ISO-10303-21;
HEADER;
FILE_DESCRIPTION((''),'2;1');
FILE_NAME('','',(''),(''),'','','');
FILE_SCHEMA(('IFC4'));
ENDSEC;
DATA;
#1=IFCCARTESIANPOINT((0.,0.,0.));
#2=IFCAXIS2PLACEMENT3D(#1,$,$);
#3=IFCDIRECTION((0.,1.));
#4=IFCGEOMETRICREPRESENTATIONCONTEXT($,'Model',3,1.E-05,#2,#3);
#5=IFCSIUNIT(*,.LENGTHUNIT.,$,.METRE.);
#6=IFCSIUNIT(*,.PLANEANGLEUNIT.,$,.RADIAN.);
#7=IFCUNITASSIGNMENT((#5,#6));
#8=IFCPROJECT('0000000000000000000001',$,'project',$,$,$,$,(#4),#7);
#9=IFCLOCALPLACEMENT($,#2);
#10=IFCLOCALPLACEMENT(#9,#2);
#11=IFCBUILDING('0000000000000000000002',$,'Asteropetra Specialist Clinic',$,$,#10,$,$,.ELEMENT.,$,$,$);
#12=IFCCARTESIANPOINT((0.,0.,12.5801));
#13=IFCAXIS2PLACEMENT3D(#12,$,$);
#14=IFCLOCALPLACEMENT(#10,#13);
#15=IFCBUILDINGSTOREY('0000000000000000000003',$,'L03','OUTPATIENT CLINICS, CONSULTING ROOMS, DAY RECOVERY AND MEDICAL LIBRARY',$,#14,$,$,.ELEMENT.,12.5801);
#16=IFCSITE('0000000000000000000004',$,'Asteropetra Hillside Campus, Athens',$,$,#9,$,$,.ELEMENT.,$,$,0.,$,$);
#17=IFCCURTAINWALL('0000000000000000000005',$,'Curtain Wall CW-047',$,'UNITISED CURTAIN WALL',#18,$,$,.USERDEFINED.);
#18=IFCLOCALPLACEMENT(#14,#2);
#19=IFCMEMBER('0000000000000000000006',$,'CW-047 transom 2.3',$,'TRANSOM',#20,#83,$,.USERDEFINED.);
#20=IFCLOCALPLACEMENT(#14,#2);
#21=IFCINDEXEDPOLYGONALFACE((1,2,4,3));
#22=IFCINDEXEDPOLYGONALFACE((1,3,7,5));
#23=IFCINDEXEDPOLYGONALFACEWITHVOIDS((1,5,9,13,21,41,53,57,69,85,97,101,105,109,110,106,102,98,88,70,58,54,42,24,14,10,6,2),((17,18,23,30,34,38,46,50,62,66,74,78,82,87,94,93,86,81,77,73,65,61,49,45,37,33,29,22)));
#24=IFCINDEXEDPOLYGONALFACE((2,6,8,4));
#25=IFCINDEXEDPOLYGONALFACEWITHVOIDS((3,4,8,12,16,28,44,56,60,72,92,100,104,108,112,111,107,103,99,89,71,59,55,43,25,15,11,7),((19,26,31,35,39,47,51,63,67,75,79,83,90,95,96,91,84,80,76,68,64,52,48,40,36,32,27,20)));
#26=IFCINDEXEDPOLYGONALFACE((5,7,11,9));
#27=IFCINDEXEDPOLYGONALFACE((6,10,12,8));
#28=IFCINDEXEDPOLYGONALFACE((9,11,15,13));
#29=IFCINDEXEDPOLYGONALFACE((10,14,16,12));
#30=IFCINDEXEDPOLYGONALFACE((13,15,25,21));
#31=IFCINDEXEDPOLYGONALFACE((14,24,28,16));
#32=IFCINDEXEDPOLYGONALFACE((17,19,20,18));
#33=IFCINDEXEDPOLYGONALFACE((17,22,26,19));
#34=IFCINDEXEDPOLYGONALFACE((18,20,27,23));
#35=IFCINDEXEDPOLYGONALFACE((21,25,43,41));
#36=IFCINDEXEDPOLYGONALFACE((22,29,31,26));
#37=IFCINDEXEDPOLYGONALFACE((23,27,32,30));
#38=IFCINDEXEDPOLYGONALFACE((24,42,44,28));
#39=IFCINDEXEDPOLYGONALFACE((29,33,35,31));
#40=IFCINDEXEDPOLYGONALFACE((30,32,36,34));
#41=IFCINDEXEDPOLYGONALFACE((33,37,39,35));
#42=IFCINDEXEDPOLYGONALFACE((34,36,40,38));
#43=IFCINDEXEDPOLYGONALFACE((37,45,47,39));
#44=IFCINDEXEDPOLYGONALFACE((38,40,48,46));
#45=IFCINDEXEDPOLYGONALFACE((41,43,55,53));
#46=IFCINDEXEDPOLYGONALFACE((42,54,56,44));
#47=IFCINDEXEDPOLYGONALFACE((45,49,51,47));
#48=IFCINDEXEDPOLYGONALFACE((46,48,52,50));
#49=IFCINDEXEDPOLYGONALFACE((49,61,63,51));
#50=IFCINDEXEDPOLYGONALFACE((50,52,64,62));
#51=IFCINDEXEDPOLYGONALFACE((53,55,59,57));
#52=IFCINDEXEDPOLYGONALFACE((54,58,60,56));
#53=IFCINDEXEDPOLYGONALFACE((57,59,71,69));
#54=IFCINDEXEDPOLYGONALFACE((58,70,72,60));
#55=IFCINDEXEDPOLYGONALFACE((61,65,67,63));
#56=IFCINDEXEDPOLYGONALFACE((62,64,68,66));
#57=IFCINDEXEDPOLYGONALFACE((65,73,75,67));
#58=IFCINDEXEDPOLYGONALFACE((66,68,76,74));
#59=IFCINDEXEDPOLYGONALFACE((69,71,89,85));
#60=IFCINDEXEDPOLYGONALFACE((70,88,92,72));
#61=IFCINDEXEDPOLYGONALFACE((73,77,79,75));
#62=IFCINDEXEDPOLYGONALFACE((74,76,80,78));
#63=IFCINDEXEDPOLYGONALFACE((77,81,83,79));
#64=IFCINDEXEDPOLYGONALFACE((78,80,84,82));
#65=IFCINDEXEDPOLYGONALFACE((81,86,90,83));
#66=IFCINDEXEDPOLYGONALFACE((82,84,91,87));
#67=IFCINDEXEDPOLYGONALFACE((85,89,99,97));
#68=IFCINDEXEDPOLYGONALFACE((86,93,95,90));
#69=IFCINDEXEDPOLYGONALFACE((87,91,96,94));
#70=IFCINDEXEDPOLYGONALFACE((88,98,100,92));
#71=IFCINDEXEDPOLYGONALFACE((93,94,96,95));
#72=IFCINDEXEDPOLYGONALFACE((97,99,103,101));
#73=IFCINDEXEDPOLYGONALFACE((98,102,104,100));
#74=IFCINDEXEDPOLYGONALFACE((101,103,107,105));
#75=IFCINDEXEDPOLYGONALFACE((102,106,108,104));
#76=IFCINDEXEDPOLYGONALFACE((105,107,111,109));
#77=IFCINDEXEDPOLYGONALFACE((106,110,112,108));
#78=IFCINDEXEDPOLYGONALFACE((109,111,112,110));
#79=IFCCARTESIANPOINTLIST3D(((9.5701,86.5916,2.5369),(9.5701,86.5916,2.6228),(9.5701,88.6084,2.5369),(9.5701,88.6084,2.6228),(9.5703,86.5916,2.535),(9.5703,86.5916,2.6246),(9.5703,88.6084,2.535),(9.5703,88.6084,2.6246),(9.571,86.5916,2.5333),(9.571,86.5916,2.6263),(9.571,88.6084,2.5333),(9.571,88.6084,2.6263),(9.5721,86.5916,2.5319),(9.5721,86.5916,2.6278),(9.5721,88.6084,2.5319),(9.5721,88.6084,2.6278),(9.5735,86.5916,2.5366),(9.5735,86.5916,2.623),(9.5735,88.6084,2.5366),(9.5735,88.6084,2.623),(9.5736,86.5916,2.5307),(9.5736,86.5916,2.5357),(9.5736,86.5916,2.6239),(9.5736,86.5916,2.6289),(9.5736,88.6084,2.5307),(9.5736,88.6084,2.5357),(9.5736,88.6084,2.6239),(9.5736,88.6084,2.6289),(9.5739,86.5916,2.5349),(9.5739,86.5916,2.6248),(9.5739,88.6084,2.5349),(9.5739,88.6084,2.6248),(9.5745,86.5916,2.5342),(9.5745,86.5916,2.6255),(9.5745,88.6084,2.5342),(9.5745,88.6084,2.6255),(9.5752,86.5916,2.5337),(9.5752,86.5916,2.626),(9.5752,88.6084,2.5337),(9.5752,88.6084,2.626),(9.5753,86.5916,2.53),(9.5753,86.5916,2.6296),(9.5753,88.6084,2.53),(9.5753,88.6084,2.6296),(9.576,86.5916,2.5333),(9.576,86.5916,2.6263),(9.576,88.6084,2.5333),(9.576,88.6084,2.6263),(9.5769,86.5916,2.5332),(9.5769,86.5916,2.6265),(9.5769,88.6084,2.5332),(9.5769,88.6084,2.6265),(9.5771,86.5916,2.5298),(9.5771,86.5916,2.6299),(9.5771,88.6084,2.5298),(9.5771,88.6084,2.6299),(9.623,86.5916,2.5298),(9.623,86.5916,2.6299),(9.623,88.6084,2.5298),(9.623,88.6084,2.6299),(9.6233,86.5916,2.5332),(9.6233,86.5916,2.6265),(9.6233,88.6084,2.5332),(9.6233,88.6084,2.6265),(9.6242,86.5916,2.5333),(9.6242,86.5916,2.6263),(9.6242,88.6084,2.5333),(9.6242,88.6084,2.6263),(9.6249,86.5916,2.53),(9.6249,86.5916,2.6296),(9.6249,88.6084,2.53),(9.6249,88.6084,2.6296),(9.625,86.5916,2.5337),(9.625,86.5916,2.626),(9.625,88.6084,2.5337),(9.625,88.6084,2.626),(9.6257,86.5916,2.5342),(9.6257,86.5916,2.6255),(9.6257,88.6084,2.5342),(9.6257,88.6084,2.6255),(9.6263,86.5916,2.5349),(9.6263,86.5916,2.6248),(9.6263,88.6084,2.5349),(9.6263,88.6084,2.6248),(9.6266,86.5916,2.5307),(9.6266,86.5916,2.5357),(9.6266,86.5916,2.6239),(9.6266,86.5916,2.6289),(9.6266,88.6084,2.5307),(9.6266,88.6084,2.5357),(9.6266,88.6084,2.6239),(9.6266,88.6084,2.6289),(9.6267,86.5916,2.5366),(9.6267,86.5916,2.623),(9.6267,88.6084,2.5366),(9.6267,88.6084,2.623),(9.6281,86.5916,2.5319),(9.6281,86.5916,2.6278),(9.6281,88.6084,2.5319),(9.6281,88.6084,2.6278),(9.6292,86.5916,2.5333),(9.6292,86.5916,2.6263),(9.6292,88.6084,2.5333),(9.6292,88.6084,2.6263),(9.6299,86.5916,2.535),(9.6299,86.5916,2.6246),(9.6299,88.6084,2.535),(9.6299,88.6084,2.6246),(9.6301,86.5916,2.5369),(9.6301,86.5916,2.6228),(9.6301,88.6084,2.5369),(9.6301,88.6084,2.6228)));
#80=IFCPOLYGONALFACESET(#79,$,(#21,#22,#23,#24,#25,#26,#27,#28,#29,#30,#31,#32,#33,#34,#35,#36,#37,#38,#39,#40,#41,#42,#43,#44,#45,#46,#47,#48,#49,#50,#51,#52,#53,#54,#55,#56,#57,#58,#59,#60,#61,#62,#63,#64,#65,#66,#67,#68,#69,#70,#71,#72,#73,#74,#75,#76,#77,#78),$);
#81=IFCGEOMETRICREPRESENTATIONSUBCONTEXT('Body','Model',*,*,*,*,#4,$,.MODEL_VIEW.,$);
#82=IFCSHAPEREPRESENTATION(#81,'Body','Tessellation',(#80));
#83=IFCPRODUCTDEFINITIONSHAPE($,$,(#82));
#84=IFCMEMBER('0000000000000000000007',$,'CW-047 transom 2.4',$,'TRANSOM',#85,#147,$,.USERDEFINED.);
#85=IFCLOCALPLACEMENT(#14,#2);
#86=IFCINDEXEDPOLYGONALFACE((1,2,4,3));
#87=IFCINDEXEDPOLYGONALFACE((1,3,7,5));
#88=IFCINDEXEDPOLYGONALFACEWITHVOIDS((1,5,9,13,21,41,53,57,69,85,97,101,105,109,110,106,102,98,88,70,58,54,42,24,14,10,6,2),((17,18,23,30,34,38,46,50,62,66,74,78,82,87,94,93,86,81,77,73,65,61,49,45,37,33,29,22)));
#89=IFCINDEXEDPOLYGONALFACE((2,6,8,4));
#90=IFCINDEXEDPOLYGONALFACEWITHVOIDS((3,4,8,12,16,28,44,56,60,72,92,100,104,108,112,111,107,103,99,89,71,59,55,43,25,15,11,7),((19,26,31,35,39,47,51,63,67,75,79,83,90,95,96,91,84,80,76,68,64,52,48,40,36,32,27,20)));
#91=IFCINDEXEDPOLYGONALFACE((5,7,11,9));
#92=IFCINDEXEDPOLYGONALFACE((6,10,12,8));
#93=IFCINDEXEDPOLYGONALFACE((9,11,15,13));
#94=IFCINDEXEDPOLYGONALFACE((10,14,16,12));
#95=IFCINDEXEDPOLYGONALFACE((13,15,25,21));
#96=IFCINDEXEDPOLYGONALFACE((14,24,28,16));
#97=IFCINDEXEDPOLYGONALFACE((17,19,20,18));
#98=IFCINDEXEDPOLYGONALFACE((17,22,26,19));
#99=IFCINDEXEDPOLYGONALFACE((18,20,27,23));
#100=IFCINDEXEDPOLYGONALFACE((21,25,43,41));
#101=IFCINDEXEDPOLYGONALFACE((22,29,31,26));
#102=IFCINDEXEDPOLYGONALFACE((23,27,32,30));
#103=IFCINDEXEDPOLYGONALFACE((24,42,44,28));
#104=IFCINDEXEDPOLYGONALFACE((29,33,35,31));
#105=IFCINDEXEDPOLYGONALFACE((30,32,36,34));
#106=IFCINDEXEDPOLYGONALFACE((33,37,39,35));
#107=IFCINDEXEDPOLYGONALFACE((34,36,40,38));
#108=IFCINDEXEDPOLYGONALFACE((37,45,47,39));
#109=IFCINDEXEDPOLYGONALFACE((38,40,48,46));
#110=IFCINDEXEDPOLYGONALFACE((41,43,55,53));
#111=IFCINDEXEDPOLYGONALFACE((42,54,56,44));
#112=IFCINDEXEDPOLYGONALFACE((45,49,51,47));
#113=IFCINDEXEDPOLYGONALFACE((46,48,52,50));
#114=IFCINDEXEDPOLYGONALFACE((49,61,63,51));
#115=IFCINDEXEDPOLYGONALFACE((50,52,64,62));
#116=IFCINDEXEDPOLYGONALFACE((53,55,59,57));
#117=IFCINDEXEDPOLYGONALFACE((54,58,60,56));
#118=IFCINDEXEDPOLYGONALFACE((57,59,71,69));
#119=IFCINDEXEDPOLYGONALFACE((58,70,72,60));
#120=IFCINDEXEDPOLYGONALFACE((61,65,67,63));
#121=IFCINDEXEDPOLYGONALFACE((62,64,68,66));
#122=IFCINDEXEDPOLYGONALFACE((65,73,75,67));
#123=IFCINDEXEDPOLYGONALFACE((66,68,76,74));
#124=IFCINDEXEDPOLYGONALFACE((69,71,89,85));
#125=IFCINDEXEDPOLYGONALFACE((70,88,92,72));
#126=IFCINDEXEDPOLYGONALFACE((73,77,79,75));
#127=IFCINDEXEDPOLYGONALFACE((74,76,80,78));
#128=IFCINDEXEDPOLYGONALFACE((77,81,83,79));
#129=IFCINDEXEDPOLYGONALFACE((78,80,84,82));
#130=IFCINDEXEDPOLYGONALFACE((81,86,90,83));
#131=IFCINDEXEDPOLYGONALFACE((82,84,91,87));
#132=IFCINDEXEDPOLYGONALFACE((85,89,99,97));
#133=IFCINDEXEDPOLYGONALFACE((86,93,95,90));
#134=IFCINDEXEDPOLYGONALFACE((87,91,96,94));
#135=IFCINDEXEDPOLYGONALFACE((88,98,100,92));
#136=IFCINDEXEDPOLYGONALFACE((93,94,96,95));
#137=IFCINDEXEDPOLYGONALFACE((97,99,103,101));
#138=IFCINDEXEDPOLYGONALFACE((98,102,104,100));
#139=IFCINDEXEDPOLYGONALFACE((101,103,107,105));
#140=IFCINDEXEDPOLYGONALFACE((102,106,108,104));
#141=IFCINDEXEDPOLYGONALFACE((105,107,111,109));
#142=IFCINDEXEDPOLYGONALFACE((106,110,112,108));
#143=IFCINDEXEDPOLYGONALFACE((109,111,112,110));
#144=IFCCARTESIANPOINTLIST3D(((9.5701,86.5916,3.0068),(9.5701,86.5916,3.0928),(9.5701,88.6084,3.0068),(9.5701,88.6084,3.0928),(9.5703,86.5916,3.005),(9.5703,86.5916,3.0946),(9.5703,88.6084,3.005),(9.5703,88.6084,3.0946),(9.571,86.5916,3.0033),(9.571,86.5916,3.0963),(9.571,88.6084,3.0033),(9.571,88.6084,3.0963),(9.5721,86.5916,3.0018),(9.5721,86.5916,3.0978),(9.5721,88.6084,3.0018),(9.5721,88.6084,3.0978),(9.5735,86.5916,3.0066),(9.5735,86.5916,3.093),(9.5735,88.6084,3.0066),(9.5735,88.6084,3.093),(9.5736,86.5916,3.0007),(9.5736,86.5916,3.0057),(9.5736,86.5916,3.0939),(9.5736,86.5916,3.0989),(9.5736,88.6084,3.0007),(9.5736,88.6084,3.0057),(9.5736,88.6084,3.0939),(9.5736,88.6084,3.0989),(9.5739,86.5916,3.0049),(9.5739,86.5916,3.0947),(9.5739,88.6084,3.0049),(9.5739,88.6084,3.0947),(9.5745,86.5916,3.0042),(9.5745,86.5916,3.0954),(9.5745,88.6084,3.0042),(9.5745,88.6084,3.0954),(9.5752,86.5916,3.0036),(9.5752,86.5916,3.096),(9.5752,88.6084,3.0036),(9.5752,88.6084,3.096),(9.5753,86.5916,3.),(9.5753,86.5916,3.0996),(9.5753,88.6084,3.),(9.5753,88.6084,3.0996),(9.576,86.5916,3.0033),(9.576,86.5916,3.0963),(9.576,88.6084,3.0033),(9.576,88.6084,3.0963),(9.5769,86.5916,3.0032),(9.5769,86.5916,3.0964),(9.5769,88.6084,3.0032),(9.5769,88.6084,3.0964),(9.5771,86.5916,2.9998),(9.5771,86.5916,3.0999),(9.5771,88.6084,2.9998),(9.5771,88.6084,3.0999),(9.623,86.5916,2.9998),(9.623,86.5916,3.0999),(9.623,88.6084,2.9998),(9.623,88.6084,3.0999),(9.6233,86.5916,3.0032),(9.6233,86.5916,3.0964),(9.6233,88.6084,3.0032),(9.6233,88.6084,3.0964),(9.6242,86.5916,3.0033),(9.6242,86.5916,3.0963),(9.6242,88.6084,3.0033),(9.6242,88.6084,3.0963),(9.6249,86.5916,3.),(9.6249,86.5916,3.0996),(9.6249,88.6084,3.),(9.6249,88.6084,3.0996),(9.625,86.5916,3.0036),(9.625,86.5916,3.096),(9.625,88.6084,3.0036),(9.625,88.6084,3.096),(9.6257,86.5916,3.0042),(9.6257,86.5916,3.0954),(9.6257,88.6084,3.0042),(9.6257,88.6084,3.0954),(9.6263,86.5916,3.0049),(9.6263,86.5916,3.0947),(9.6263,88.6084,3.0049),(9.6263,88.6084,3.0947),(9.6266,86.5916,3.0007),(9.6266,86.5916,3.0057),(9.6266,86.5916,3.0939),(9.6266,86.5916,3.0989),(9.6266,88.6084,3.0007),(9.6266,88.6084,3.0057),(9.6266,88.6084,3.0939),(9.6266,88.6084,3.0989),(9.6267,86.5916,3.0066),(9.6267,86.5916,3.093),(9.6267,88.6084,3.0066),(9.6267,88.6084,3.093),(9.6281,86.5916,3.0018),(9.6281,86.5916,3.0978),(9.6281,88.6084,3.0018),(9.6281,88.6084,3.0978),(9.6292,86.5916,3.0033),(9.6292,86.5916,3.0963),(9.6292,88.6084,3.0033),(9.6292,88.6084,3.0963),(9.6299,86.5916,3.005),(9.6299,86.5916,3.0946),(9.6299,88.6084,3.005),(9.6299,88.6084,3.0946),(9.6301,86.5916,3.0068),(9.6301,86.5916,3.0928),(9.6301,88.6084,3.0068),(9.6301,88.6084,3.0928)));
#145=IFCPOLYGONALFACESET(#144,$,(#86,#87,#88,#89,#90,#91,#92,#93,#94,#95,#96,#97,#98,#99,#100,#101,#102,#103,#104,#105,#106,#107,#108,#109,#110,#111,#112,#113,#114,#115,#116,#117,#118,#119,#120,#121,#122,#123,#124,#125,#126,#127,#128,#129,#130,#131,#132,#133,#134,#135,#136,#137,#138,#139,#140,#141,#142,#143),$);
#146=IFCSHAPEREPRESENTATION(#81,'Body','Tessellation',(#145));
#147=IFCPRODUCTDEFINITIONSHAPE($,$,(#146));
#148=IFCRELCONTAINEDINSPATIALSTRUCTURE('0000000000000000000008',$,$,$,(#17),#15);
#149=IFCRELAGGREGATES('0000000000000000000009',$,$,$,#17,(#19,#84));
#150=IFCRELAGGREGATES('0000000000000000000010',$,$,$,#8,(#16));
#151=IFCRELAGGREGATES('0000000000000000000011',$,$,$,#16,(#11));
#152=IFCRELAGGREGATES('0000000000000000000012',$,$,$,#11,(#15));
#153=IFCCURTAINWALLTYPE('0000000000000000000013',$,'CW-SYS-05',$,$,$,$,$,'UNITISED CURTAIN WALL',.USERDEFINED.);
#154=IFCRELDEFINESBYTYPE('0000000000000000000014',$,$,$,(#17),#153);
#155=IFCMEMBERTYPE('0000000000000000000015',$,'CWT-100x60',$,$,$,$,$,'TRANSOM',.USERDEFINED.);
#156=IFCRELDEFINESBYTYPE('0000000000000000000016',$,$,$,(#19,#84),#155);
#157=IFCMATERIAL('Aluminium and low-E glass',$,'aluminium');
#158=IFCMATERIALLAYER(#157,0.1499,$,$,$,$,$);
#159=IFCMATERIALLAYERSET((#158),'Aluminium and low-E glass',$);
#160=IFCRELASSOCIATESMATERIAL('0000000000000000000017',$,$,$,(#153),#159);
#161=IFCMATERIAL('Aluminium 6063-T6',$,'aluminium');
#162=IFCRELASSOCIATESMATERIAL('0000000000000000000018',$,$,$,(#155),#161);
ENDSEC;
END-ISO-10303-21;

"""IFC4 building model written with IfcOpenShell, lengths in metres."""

from ifc_helpers import new_model, si_unit, direction, frame, origin, origin_2d, place, context, subcontext, project, spatial, hollow_rectangle, extrude, material, layer, layer_set, material_profile, profile_set, type_object, element, aggregate, save


model = new_model("IFC4")

# Units and contexts
model_context = context("Model", 3, precision=1e-05, world=origin(), true_north=direction((0.0, 1.0)))
body_context = subcontext(model_context, "Body", "Model", "MODEL_VIEW")
ifc_project = project(units=[si_unit("LENGTHUNIT", "METRE"), si_unit("PLANEANGLEUNIT", "RADIAN")], contexts=[model_context])

# Site, building, storey
site_placement = place(None, origin())
site = spatial("IfcSite", under=ifc_project, at=site_placement, Name="Asteropetra Hillside Campus, Athens", CompositionType="ELEMENT", RefElevation=0.0)
building_placement = place(site_placement, origin())
building = spatial("IfcBuilding", under=site, at=building_placement, Name="Asteropetra Specialist Clinic", CompositionType="ELEMENT")
storey_placement = place(building_placement, frame((0.0, 0.0, 12.5801)))
storey = spatial("IfcBuildingStorey", under=building, at=storey_placement, Name="L03", Description="OUTPATIENT CLINICS, CONSULTING ROOMS, DAY RECOVERY AND MEDICAL LIBRARY", CompositionType="ELEMENT", Elevation=12.5801)

# Curtain wall, members
ifc_material_1 = material(Name="Aluminium and low-E glass", Category="aluminium")
ifc_layer_1 = layer(ifc_material_1, 0.1499)
ifc_layer_set_1 = layer_set([ifc_layer_1], Name="Aluminium and low-E glass")
curtain_wall_type = type_object("IfcCurtainWallType", Name="CW-SYS-05", ElementType="UNITISED CURTAIN WALL", PredefinedType="USERDEFINED", material=ifc_layer_set_1)
curtain_wall_placement = place(storey_placement, origin())
curtain_wall = element("IfcCurtainWall", 1, at=curtain_wall_placement, inside=storey, type_object=curtain_wall_type, Name="Curtain Wall CW-047", ObjectType="UNITISED CURTAIN WALL", PredefinedType="USERDEFINED")
ifc_material_2 = material(Name="Aluminium 6063-T6", Category="aluminium")
ifc_material_profile_1 = material_profile(ifc_material_2, hollow_rectangle(XDim=0.0601, YDim=0.1001, WallThickness=0.0034, InnerFilletRadius=0.0034, OuterFilletRadius=0.0071, at=origin_2d()), Name="TRN 100x60x3.5")
ifc_profile_set_1 = profile_set([ifc_material_profile_1], Name="Aluminium 6063-T6")
member_type_1 = type_object("IfcMemberType", Name="CWT-100x60", ElementType="TRANSOM", PredefinedType="USERDEFINED", material=ifc_profile_set_1)
member_1_placement = place(storey_placement, frame((9.6001, 88.6084, 2.5798), z_axis=(0.0, -1.0, 0.0), x_axis=(1.0, 0.0, 0.0)))
member_1 = element("IfcMember", 2, at=member_1_placement, type_object=member_type_1, Name="CW-047 transom 2.3", ObjectType="TRANSOM", PredefinedType="USERDEFINED", context=body_context, shape_type="SweptSolid", body=[
    extrude(hollow_rectangle(XDim=0.0601, YDim=0.1001, WallThickness=0.0034, InnerFilletRadius=0.0034, OuterFilletRadius=0.0071, at=origin_2d()), origin(), (0.0, 0.0, 1.0), 2.0168),
])
member_2_placement = place(storey_placement, frame((9.6001, 88.6084, 3.0498), z_axis=(0.0, -1.0, 0.0), x_axis=(1.0, 0.0, 0.0)))
member_2 = element("IfcMember", 3, at=member_2_placement, type_object=member_type_1, Name="CW-047 transom 2.4", ObjectType="TRANSOM", PredefinedType="USERDEFINED", context=body_context, shape_type="SweptSolid", body=[
    extrude(hollow_rectangle(XDim=0.0601, YDim=0.1001, WallThickness=0.0034, InnerFilletRadius=0.0034, OuterFilletRadius=0.0071, at=origin_2d()), origin(), (0.0, 0.0, 1.0), 2.0168),
])

aggregate(curtain_wall, [member_1, member_2])

save(model, "model.ifc")
